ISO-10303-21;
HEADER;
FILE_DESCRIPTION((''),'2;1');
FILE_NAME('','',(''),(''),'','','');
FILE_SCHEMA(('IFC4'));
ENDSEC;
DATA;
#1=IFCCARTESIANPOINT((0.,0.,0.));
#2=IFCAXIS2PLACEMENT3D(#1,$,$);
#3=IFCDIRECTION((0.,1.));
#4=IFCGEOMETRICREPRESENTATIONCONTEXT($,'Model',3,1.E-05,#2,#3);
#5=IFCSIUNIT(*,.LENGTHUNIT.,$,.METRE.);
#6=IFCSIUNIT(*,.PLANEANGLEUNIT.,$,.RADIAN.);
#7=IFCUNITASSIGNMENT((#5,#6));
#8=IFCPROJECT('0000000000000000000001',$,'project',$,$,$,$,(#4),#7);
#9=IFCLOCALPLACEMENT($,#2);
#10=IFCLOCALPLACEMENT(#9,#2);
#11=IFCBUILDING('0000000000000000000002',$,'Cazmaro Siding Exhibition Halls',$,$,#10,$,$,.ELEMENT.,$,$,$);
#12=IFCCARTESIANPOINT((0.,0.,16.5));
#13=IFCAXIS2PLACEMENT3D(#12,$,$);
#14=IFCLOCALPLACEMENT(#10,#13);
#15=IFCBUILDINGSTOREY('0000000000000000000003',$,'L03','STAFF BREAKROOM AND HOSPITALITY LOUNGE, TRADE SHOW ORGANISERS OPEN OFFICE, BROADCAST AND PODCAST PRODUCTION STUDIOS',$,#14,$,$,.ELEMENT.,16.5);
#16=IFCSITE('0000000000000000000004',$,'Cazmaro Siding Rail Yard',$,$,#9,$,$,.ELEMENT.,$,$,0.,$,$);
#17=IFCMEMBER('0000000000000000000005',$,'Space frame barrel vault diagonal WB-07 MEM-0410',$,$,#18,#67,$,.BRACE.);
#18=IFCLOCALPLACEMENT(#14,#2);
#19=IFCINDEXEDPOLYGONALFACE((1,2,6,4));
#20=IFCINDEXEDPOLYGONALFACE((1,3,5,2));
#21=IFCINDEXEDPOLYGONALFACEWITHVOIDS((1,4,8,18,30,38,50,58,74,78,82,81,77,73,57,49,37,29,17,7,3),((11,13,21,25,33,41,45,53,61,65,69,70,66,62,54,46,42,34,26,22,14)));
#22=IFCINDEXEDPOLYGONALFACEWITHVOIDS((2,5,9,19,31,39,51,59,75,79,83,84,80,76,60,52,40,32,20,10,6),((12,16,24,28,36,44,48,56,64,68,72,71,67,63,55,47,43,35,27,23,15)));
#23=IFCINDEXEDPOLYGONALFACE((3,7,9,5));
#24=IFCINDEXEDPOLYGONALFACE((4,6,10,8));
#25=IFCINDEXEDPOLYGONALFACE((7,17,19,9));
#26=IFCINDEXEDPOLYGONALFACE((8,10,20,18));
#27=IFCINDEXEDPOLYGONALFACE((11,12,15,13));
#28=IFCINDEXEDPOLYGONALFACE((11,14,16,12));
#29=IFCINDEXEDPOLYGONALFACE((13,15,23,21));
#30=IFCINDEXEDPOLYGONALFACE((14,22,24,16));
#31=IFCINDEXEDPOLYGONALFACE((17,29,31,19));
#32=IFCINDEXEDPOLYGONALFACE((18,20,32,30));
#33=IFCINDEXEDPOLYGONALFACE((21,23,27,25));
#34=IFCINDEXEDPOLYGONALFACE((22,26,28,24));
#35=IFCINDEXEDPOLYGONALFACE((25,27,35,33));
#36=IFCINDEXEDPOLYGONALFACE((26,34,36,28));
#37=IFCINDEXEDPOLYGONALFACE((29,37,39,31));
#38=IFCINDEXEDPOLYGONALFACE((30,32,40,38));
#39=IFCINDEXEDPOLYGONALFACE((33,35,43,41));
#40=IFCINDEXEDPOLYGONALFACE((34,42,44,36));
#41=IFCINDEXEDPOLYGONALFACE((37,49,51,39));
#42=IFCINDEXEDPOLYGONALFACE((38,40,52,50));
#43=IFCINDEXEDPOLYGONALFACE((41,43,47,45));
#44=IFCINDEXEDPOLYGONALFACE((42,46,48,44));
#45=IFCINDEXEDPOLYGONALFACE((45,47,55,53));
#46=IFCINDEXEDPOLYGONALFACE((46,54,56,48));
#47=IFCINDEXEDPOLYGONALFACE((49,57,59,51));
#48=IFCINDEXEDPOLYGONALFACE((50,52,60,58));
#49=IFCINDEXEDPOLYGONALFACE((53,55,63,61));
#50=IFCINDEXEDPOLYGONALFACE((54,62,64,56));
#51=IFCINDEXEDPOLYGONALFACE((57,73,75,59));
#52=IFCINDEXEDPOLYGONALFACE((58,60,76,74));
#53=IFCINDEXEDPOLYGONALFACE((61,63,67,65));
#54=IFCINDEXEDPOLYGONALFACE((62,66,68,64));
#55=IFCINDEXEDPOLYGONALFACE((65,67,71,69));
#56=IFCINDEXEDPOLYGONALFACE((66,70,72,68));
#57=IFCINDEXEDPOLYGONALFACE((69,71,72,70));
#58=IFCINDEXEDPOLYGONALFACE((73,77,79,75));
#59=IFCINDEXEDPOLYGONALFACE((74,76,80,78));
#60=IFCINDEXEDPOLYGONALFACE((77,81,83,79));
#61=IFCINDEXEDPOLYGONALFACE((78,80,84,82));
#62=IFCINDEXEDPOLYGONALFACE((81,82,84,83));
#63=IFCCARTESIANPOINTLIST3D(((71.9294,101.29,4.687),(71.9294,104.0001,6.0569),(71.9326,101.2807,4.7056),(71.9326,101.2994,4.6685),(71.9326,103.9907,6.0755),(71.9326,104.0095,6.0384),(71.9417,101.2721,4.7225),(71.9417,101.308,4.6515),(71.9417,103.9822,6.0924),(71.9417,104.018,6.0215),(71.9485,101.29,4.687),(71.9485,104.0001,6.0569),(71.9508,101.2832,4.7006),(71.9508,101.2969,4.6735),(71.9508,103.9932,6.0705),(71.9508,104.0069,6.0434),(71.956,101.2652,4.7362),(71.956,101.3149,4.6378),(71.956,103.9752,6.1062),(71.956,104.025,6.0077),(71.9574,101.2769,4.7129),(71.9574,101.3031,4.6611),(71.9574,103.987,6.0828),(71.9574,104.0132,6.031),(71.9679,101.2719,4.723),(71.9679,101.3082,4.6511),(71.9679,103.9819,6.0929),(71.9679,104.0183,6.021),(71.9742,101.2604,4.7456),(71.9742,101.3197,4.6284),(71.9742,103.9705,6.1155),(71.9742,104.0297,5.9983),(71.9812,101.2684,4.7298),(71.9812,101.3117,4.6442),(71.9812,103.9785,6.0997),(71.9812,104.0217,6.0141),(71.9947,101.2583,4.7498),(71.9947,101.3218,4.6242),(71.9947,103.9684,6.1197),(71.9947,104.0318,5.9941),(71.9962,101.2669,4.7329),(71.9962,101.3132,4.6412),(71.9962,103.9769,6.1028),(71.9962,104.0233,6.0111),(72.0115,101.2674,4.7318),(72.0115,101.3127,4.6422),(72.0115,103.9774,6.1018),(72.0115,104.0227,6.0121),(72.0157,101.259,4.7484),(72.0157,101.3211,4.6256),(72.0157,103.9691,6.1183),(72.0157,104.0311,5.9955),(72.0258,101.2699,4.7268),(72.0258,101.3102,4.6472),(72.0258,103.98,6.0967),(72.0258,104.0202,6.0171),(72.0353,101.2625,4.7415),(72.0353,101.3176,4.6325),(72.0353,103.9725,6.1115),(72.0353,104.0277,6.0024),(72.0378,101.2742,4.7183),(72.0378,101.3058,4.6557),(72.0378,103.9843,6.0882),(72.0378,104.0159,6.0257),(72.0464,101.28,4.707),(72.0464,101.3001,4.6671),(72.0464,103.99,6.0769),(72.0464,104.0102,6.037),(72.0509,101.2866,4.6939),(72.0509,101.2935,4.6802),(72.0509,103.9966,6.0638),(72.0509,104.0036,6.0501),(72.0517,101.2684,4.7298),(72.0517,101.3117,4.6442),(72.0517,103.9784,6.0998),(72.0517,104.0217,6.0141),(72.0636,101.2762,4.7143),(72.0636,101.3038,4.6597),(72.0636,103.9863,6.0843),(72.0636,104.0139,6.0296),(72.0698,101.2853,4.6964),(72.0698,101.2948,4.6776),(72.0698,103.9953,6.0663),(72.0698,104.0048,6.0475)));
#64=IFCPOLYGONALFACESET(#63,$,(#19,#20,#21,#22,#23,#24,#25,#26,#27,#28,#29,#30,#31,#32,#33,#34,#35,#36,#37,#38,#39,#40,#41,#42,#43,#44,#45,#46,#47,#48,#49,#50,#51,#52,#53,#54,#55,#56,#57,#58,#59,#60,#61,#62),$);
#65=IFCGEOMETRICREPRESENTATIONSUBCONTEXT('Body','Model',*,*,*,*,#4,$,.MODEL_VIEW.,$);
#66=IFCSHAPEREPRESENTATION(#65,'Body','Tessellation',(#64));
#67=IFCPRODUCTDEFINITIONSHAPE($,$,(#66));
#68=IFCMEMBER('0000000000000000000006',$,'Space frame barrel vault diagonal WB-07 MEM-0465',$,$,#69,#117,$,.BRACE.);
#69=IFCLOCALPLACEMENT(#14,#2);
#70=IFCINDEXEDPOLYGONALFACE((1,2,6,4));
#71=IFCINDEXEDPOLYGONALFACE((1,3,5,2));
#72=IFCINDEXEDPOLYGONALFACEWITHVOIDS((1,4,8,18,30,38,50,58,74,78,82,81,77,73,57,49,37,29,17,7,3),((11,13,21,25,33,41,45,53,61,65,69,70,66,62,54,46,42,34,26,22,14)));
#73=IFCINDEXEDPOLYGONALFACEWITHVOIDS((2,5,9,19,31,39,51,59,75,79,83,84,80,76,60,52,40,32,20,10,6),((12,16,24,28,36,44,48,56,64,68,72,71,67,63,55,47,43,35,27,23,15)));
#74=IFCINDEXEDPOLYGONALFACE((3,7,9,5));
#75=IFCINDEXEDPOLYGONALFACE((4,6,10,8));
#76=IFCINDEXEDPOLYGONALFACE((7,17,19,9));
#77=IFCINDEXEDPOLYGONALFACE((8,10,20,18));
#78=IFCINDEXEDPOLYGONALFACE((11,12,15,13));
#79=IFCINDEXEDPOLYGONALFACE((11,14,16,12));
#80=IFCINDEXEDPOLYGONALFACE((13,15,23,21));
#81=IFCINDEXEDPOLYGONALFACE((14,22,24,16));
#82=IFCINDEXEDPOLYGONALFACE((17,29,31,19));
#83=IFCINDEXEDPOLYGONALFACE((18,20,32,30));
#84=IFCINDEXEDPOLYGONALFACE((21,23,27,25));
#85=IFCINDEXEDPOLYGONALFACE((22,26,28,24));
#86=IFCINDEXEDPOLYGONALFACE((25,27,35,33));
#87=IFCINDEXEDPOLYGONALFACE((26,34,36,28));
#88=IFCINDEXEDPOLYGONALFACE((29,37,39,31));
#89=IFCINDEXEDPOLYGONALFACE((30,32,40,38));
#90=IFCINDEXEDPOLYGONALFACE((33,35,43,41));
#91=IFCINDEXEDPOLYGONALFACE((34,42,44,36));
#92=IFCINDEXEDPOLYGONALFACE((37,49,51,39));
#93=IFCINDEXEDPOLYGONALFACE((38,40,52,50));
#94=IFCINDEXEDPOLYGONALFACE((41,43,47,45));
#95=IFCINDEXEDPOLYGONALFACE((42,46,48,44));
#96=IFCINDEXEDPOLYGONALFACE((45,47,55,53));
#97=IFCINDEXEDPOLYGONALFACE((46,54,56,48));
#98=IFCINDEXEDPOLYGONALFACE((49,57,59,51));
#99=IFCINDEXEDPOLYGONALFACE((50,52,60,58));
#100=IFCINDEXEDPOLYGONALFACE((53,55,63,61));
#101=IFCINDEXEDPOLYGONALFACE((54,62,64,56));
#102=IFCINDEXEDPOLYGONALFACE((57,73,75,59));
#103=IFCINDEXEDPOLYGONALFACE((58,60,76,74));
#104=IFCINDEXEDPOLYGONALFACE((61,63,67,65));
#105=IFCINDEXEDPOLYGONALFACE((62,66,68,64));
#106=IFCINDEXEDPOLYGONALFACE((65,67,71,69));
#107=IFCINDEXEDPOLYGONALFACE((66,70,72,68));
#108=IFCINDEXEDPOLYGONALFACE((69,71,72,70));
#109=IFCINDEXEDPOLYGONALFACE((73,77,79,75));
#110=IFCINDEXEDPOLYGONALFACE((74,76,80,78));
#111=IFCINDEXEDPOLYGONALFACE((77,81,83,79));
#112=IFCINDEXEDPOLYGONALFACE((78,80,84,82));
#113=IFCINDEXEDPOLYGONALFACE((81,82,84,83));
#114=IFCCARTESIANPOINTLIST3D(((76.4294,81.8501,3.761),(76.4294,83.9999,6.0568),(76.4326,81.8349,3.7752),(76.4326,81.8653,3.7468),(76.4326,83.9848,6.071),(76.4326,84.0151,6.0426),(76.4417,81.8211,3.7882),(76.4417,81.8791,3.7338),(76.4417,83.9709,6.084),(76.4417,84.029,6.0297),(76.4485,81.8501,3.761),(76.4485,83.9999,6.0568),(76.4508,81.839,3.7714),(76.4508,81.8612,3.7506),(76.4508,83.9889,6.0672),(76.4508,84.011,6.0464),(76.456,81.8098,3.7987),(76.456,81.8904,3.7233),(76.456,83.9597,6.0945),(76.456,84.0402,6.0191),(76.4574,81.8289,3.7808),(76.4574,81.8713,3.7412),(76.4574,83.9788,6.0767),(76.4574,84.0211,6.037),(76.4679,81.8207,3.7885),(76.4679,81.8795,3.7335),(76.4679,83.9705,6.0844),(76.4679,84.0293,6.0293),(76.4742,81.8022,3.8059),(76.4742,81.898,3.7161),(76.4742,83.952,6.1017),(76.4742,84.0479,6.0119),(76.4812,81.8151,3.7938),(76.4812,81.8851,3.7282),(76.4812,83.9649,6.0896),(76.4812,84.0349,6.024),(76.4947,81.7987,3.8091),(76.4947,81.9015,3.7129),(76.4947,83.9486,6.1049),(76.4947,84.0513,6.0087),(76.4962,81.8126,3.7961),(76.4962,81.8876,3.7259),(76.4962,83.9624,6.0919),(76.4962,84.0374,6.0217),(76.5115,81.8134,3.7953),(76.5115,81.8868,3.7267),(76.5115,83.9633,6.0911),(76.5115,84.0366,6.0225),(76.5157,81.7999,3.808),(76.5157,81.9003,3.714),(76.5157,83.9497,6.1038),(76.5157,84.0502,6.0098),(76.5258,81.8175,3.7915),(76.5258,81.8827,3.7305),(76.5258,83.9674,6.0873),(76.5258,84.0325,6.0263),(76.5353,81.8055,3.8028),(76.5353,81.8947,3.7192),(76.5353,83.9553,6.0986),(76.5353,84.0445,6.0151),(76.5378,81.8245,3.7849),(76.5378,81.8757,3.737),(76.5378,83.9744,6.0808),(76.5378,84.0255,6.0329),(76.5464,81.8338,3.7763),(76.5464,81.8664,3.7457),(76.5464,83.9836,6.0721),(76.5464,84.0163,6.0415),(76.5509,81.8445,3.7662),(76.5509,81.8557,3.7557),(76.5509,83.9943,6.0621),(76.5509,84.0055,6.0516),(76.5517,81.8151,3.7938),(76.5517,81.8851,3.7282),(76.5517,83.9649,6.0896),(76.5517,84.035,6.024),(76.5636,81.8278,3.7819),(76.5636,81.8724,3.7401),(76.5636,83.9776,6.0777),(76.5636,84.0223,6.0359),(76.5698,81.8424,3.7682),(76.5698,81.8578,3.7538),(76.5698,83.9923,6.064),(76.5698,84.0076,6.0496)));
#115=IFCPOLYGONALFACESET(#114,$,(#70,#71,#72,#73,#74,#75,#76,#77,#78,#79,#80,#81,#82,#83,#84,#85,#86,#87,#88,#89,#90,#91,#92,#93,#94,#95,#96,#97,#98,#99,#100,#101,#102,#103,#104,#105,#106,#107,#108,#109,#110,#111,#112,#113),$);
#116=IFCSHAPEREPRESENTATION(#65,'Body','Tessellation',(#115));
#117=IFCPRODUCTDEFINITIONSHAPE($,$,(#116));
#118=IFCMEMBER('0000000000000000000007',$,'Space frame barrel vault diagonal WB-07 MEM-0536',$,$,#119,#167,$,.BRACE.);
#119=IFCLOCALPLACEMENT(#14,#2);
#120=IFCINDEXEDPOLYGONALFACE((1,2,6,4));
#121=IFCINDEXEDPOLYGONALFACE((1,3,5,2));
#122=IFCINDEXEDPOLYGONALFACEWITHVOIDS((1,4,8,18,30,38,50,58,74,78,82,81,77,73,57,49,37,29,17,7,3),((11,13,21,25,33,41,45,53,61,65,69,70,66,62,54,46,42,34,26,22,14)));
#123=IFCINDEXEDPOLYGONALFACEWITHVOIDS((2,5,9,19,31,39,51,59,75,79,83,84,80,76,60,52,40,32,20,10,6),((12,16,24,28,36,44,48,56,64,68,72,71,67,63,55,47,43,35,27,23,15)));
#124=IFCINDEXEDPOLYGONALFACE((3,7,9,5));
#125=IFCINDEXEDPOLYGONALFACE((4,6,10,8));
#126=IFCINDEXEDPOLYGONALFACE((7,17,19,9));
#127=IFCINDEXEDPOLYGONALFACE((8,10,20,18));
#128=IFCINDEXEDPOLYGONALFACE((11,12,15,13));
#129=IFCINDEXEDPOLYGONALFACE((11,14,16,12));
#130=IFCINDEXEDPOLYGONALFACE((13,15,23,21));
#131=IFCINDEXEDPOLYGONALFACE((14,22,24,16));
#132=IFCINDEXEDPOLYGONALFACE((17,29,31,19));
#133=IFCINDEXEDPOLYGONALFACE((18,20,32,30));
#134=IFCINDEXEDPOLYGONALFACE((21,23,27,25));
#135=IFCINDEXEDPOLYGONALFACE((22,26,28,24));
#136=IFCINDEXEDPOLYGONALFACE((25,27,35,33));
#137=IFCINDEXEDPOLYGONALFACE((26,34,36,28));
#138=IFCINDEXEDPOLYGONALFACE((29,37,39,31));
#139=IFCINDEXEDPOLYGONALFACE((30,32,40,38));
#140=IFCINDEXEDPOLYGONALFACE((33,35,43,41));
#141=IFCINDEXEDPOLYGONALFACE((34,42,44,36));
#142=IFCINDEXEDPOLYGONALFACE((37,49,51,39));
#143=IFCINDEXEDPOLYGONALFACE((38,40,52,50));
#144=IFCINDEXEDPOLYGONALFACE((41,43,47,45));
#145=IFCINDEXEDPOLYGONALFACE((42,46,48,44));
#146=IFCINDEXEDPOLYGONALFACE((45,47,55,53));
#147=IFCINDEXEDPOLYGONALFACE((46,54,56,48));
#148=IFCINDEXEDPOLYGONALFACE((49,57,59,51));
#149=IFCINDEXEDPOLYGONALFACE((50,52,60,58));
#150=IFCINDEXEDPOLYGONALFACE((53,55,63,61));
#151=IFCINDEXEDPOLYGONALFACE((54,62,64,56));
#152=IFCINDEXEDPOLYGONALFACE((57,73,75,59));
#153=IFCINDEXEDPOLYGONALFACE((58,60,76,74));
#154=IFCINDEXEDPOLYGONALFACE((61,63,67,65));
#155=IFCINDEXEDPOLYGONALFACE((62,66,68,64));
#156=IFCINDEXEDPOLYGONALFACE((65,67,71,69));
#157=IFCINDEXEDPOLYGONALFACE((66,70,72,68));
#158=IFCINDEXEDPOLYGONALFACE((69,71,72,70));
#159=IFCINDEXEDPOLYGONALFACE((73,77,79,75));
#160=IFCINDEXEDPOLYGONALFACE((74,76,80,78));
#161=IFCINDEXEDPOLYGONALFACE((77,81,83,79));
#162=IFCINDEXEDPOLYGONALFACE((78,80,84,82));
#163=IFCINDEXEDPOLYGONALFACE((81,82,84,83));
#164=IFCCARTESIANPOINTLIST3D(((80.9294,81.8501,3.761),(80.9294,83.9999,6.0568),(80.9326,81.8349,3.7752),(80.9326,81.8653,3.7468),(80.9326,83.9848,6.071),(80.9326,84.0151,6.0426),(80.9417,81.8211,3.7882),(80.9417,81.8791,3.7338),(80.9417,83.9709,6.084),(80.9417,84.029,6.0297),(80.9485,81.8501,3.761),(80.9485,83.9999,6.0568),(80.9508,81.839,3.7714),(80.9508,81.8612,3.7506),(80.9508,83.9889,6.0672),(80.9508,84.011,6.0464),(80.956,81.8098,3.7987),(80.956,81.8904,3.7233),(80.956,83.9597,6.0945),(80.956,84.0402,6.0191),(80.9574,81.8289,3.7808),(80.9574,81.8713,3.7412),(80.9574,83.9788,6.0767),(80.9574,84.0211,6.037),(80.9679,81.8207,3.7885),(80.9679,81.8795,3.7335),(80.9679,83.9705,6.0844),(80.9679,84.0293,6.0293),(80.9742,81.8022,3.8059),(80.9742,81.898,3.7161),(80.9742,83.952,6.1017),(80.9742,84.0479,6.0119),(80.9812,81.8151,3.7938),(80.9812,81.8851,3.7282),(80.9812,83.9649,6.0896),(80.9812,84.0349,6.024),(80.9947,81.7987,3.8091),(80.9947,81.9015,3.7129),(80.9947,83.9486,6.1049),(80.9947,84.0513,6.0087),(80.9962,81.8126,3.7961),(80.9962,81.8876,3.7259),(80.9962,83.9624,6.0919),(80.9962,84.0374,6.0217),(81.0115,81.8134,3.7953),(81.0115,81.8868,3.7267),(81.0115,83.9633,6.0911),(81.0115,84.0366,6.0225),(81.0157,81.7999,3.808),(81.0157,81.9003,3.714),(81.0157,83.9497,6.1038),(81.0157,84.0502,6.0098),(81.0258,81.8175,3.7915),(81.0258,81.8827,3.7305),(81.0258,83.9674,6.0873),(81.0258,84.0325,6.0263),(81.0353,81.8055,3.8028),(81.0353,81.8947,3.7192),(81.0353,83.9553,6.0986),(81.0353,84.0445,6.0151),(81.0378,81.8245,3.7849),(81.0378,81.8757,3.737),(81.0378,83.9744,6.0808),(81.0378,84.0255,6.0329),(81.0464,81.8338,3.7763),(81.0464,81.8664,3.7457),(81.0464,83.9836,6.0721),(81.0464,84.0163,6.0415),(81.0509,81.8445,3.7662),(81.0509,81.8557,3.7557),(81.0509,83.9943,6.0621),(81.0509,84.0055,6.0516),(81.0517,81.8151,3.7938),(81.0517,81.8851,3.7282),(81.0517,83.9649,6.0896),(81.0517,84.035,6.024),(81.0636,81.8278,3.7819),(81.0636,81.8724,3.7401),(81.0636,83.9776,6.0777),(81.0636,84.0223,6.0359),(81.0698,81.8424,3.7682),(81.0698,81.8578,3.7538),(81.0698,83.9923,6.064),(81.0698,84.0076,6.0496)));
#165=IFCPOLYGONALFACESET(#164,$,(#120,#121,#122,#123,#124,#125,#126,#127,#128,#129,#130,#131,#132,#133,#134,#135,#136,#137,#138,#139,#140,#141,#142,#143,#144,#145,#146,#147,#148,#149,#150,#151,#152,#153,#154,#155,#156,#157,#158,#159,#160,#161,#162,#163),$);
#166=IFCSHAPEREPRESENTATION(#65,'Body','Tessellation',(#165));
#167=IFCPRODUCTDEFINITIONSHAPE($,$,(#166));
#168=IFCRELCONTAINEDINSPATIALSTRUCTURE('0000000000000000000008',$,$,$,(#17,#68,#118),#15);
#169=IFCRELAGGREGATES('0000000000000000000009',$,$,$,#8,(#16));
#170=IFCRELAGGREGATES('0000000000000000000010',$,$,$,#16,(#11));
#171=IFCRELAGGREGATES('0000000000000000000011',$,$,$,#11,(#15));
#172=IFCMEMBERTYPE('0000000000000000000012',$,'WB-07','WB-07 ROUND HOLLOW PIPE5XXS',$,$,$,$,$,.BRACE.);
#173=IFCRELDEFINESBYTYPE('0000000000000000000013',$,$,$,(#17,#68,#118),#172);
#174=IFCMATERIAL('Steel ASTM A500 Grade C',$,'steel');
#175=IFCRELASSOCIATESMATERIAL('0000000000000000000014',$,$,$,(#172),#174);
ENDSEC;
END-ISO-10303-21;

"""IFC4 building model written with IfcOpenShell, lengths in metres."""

from ifc_helpers import new_model, si_unit, direction, frame, origin, origin_2d, place, context, subcontext, project, spatial, hollow_circle, extrude, material, material_profile, profile_set, type_object, element, save


model = new_model("IFC4")

# Units and contexts
model_context = context("Model", 3, precision=1e-05, world=origin(), true_north=direction((0.0, 1.0)))
body_context = subcontext(model_context, "Body", "Model", "MODEL_VIEW")
ifc_project = project(units=[si_unit("LENGTHUNIT", "METRE"), si_unit("PLANEANGLEUNIT", "RADIAN")], contexts=[model_context])

# Site, building, storey
site_placement = place(None, origin())
site = spatial("IfcSite", under=ifc_project, at=site_placement, Name="Cazmaro Siding Rail Yard", CompositionType="ELEMENT", RefElevation=0.0)
building_placement = place(site_placement, origin())
building = spatial("IfcBuilding", under=site, at=building_placement, Name="Cazmaro Siding Exhibition Halls", CompositionType="ELEMENT")
storey_placement = place(building_placement, frame((0.0, 0.0, 16.5)))
storey = spatial("IfcBuildingStorey", under=building, at=storey_placement, Name="L03", Description="STAFF BREAKROOM AND HOSPITALITY LOUNGE, TRADE SHOW ORGANISERS OPEN OFFICE, BROADCAST AND PODCAST PRODUCTION STUDIOS", CompositionType="ELEMENT", Elevation=16.5)

# Members
ifc_material_1 = material(Name="Steel ASTM A500 Grade C", Category="steel")
ifc_material_profile_1 = material_profile(ifc_material_1, hollow_circle(Radius=0.0706, WallThickness=0.019, at=origin_2d()), Name="PIPE5XXS")
ifc_profile_set_1 = profile_set([ifc_material_profile_1], Name="Steel ASTM A500 Grade C")
member_type_1 = type_object("IfcMemberType", Name="WB-07", Description="WB-07 ROUND HOLLOW PIPE5XXS", PredefinedType="BRACE", material=ifc_profile_set_1)
for number, where, z_axis, x_axis, name in (
    (1, (72.0, 101.29, 4.687), (0.0, 0.892457, 0.451133), (-1.0, 0.0, 0.0), "Space frame barrel vault diagonal WB-07 MEM-0410"),
):
    element("IfcMember", number, at=place(storey_placement, frame(where, z_axis=z_axis, x_axis=x_axis)), inside=storey, type_object=member_type_1, Name=name, PredefinedType="BRACE", context=body_context, shape_type="SweptSolid", body=[
        extrude(hollow_circle(Radius=0.0706, WallThickness=0.019, at=origin_2d()), origin(), (0.0, 0.0, 1.0), 3.0366),
    ])
for number, where, z_axis, x_axis, name in (
    (2, (76.5, 81.8501, 3.761), (0.0, 0.683518, 0.729934), (-1.0, 0.0, 0.0), "Space frame barrel vault diagonal WB-07 MEM-0465"),
    (3, (81.0, 81.8501, 3.761), (0.0, 0.683518, 0.729934), (-1.0, 0.0, 0.0), "Space frame barrel vault diagonal WB-07 MEM-0536"),
):
    element("IfcMember", number, at=place(storey_placement, frame(where, z_axis=z_axis, x_axis=x_axis)), inside=storey, type_object=member_type_1, Name=name, PredefinedType="BRACE", context=body_context, shape_type="SweptSolid", body=[
        extrude(hollow_circle(Radius=0.0706, WallThickness=0.019, at=origin_2d()), origin(), (0.0, 0.0, 1.0), 3.1453),
    ])

save(model, "model.ifc")
